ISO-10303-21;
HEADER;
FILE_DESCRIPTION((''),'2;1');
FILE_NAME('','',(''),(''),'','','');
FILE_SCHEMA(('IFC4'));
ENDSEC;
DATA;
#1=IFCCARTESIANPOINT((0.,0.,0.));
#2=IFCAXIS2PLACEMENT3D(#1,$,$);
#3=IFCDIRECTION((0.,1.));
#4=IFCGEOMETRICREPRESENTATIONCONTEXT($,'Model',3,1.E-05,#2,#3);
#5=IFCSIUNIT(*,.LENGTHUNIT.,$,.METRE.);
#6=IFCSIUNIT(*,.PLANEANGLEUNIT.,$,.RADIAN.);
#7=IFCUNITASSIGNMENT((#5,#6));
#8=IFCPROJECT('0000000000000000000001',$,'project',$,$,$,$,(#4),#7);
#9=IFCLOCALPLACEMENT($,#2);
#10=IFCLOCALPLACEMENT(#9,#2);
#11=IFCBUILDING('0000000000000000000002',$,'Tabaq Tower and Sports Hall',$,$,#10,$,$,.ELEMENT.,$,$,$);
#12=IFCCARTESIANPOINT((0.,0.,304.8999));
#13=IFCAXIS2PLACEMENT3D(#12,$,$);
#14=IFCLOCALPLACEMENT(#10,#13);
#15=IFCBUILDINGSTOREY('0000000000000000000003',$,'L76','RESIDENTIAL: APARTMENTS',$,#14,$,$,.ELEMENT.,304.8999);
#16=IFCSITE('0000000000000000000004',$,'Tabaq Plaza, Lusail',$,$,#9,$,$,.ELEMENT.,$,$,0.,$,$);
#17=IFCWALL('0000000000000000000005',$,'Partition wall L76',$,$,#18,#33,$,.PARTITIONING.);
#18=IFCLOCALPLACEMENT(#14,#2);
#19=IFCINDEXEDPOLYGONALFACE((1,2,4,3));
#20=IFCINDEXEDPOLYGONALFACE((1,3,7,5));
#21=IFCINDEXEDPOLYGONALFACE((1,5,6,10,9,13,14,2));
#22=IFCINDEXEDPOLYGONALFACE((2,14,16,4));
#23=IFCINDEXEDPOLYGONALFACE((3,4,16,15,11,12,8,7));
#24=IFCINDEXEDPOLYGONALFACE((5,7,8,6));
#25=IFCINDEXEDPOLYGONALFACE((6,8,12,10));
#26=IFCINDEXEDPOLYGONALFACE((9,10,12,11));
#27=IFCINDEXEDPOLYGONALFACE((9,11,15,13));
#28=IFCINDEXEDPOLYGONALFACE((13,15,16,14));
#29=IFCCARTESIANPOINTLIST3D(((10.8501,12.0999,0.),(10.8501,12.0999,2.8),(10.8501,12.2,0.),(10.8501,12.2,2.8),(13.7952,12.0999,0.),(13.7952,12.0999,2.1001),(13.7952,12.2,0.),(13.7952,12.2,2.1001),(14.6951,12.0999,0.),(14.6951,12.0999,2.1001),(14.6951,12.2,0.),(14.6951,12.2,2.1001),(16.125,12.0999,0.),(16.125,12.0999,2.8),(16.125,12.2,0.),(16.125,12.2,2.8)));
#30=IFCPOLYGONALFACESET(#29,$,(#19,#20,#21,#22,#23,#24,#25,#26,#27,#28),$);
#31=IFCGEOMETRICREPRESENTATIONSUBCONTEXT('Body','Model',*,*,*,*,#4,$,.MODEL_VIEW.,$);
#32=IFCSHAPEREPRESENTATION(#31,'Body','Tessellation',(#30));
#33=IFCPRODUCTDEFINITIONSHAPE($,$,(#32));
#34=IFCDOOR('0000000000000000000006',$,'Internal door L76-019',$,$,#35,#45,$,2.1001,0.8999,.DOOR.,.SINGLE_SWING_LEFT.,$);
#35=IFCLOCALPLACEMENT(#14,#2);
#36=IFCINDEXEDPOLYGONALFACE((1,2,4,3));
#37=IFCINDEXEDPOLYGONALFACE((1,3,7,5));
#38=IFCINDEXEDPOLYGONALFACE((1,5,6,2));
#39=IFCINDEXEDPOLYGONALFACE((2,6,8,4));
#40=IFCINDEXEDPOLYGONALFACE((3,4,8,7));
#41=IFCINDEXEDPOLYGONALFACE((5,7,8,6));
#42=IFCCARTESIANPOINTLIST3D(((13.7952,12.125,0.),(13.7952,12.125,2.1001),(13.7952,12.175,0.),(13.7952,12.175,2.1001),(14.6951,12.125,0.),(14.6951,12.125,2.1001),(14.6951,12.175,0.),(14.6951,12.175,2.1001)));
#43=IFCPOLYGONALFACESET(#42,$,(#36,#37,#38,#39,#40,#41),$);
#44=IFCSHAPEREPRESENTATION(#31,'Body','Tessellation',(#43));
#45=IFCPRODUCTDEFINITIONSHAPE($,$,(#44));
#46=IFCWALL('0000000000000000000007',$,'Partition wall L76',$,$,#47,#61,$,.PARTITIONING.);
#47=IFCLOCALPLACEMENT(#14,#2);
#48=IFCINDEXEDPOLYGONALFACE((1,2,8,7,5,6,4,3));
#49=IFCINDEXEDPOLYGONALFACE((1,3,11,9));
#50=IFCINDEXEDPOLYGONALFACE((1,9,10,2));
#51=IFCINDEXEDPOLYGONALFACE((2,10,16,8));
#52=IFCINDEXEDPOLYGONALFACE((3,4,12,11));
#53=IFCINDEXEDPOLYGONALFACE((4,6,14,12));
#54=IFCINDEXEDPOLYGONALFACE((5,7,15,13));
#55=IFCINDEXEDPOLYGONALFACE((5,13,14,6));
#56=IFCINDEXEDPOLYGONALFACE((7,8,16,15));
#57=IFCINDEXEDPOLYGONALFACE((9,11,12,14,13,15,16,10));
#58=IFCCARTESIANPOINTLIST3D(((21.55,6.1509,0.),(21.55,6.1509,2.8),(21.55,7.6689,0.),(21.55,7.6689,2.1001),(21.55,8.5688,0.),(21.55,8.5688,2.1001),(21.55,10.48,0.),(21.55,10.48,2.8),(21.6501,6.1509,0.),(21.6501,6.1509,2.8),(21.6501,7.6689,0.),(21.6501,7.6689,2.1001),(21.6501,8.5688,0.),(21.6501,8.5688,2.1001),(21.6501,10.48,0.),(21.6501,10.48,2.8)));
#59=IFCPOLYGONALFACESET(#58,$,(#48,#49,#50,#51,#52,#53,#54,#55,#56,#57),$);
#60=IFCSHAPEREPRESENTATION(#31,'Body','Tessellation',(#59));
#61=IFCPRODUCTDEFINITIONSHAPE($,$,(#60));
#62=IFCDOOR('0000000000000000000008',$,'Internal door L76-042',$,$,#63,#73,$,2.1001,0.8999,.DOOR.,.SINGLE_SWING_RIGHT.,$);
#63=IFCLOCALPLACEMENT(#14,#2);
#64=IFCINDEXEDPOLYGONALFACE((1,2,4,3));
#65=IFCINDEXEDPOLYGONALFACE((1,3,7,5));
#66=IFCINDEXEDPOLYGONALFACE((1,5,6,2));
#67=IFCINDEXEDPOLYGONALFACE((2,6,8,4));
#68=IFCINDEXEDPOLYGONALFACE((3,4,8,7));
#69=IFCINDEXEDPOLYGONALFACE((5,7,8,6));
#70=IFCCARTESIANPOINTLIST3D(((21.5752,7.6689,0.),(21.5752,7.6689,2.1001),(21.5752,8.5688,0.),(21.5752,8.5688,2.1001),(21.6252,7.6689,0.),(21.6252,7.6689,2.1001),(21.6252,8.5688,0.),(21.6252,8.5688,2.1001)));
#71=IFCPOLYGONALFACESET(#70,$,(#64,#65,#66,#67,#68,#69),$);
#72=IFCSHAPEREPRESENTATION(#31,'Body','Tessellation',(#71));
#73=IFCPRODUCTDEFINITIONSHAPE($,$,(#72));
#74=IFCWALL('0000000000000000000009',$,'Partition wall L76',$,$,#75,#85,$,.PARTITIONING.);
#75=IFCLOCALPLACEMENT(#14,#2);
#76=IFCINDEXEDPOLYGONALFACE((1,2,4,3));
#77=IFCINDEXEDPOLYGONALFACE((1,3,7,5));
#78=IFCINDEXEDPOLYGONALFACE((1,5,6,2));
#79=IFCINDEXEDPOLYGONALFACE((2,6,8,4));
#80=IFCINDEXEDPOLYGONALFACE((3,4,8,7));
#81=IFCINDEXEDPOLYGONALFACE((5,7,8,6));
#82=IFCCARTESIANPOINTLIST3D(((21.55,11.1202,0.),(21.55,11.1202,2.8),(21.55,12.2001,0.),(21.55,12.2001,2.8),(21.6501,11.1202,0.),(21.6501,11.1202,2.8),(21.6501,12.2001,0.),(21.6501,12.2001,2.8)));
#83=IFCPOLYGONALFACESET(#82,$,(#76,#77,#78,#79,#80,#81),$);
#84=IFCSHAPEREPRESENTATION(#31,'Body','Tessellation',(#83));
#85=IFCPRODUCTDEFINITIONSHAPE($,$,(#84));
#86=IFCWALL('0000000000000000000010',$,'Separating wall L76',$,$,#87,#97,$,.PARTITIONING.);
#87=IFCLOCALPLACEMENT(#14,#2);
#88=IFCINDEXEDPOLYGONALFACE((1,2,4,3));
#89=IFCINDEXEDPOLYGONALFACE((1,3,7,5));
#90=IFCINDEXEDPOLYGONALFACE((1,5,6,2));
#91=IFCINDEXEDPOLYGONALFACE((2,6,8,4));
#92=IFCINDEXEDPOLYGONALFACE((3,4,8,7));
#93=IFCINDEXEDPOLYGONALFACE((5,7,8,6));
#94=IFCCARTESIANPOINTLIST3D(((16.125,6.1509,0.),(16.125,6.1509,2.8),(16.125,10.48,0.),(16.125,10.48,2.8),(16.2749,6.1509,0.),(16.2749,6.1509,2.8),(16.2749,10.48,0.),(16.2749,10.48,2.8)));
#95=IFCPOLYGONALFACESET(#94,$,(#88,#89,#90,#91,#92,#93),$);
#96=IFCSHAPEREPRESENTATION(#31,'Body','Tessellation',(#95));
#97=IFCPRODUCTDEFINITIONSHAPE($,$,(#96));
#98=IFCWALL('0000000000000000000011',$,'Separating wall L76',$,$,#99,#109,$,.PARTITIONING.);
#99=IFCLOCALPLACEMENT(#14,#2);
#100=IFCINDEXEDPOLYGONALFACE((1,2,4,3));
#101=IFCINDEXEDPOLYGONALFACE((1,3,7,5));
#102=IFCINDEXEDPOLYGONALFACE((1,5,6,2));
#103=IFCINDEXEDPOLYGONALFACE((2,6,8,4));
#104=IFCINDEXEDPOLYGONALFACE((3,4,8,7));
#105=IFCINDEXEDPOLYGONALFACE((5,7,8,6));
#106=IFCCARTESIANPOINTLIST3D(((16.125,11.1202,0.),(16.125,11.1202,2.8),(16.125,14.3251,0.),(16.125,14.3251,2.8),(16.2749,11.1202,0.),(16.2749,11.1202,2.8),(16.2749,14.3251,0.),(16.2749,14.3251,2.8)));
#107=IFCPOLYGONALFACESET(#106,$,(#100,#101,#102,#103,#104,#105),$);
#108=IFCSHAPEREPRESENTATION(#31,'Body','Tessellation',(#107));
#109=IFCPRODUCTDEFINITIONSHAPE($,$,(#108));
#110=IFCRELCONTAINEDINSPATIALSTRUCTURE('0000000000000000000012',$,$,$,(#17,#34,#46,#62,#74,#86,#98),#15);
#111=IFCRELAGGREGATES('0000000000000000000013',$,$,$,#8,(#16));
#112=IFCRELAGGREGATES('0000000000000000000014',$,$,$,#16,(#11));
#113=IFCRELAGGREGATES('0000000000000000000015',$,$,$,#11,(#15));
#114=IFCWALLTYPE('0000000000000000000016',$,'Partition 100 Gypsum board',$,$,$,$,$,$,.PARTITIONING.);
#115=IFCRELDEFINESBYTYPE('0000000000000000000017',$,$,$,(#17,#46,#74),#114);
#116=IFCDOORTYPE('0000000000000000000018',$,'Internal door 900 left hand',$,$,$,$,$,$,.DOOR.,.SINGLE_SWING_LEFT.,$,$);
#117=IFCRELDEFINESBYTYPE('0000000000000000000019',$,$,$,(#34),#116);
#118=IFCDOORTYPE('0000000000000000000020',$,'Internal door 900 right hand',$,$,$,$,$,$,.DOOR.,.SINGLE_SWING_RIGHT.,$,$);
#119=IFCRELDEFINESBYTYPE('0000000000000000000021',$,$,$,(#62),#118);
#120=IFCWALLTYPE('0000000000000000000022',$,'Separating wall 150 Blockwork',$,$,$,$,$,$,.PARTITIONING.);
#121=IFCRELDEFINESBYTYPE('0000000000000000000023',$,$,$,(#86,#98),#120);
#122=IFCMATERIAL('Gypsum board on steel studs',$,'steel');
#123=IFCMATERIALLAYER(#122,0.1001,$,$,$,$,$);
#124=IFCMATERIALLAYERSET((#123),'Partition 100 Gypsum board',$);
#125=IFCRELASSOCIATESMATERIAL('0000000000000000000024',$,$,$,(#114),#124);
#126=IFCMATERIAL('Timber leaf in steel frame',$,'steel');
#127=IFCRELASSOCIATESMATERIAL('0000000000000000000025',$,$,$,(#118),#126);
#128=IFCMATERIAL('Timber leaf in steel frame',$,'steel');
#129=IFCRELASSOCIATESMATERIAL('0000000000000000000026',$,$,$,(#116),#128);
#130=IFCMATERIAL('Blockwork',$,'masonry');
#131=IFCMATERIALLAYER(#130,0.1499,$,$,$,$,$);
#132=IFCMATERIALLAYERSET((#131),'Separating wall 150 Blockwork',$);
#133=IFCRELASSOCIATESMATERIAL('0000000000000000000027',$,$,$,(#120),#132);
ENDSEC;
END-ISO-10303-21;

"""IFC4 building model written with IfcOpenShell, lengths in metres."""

from ifc_helpers import new_model, si_unit, direction, frame, frame_2d, origin, place, context, subcontext, project, spatial, rectangle, extrude, material, layer, layer_set, type_object, element, fill, save


model = new_model("IFC4")

# Units and contexts
model_context = context("Model", 3, precision=1e-05, world=origin(), true_north=direction((0.0, 1.0)))
body_context = subcontext(model_context, "Body", "Model", "MODEL_VIEW")
ifc_project = project(units=[si_unit("LENGTHUNIT", "METRE"), si_unit("PLANEANGLEUNIT", "RADIAN")], contexts=[model_context])

# Site, building, storey
site_placement = place(None, origin())
site = spatial("IfcSite", under=ifc_project, at=site_placement, Name="Tabaq Plaza, Lusail", CompositionType="ELEMENT", RefElevation=0.0)
building_placement = place(site_placement, origin())
building = spatial("IfcBuilding", under=site, at=building_placement, Name="Tabaq Tower and Sports Hall", CompositionType="ELEMENT")
storey_placement = place(building_placement, frame((0.0, 0.0, 304.8999)))
storey = spatial("IfcBuildingStorey", under=building, at=storey_placement, Name="L76", Description="RESIDENTIAL: APARTMENTS", CompositionType="ELEMENT", Elevation=304.8999)

# Shared definitions
ifc_material_1 = material(Name="Gypsum board on steel studs", Category="steel")
ifc_layer_1 = layer(ifc_material_1, 0.1001)
ifc_layer_set_1 = layer_set([ifc_layer_1], Name="Partition 100 Gypsum board")
wall_type_1 = type_object("IfcWallType", Name="Partition 100 Gypsum board", PredefinedType="PARTITIONING", material=ifc_layer_set_1)
ifc_material_2 = material(Name="Timber leaf in steel frame", Category="steel")
door_type_1 = type_object("IfcDoorType", Name="Internal door 900 right hand", OperationType="SINGLE_SWING_RIGHT", PredefinedType="DOOR", material=ifc_material_2)

# Walls, openings, doors
wall_1_placement = place(storey_placement, frame((16.125, 12.1499, 0.0), z_axis=(0.0, 0.0, 1.0), x_axis=(-1.0, 0.0, 0.0)))
wall_1 = element("IfcWall", 1, at=wall_1_placement, inside=storey, type_object=wall_type_1, Name="Partition wall L76", PredefinedType="PARTITIONING", context=body_context, shape_type="SweptSolid", body=[
    extrude(rectangle(XDim=5.2749, YDim=0.1001, at=frame_2d((2.6375, 0.0))), origin(), (0.0, 0.0, 1.0), 2.8),
])
opening_1_placement = place(wall_1_placement, frame((1.4299, 0.0, 0.0)))
opening_1 = element("IfcOpeningElement", 2, at=opening_1_placement, cuts=wall_1, PredefinedType="OPENING", context=body_context, shape_type="SweptSolid", body=[
    extrude(rectangle(XDim=0.8999, YDim=2.1001, at=frame_2d((0.45, 1.05))), frame((0.0, 0.05, 0.0), z_axis=(0.0, -1.0, 0.0), x_axis=(1.0, 0.0, 0.0)), (0.0, 0.0, 1.0), 0.1001),
])
ifc_material_3 = material(Name="Timber leaf in steel frame", Category="steel")
door_type_2 = type_object("IfcDoorType", Name="Internal door 900 left hand", OperationType="SINGLE_SWING_LEFT", PredefinedType="DOOR", material=ifc_material_3)
door_1_placement = place(opening_1_placement, origin())
door_1 = element("IfcDoor", 3, at=door_1_placement, inside=storey, type_object=door_type_2, Name="Internal door L76-019", OperationType="SINGLE_SWING_LEFT", OverallHeight=2.1001, OverallWidth=0.8999, PredefinedType="DOOR", context=body_context, shape_type="SweptSolid", body=[
    extrude(rectangle(XDim=0.8999, YDim=2.1001, at=frame_2d((0.45, 1.05))), frame((0.0, 0.0249, 0.0), z_axis=(0.0, -1.0, 0.0), x_axis=(1.0, 0.0, 0.0)), (0.0, 0.0, 1.0), 0.05),
])
fill(opening_1, door_1)
wall_2_placement = place(storey_placement, frame((21.6001, 6.1509, 0.0), z_axis=(0.0, 0.0, 1.0), x_axis=(0.0, 1.0, 0.0)))
wall_2 = element("IfcWall", 4, at=wall_2_placement, inside=storey, type_object=wall_type_1, Name="Partition wall L76", PredefinedType="PARTITIONING", context=body_context, shape_type="SweptSolid", body=[
    extrude(rectangle(XDim=4.3291, YDim=0.1001, at=frame_2d((2.1646, 0.0))), origin(), (0.0, 0.0, 1.0), 2.8),
])
opening_2_placement = place(wall_2_placement, frame((1.5181, 0.0, 0.0)))
opening_2 = element("IfcOpeningElement", 5, at=opening_2_placement, cuts=wall_2, PredefinedType="OPENING", context=body_context, shape_type="SweptSolid", body=[
    extrude(rectangle(XDim=0.8999, YDim=2.1001, at=frame_2d((0.45, 1.05))), frame((0.0, 0.05, 0.0), z_axis=(0.0, -1.0, 0.0), x_axis=(1.0, 0.0, 0.0)), (0.0, 0.0, 1.0), 0.1001),
])
door_2_placement = place(opening_2_placement, origin())
door_2 = element("IfcDoor", 6, at=door_2_placement, inside=storey, type_object=door_type_1, Name="Internal door L76-042", OperationType="SINGLE_SWING_RIGHT", OverallHeight=2.1001, OverallWidth=0.8999, PredefinedType="DOOR", context=body_context, shape_type="SweptSolid", body=[
    extrude(rectangle(XDim=0.8999, YDim=2.1001, at=frame_2d((0.45, 1.05))), frame((0.0, 0.0249, 0.0), z_axis=(0.0, -1.0, 0.0), x_axis=(1.0, 0.0, 0.0)), (0.0, 0.0, 1.0), 0.05),
])
fill(opening_2, door_2)

# Walls
wall_3_placement = place(storey_placement, frame((21.6001, 11.1201, 0.0), z_axis=(0.0, 0.0, 1.0), x_axis=(0.0, 1.0, 0.0)))
element("IfcWall", 7, at=wall_3_placement, inside=storey, type_object=wall_type_1, Name="Partition wall L76", PredefinedType="PARTITIONING", context=body_context, shape_type="SweptSolid", body=[
    extrude(rectangle(XDim=1.0798, YDim=0.1001, at=frame_2d((0.54, 0.0))), origin(), (0.0, 0.0, 1.0), 2.8),
])
ifc_material_4 = material(Name="Blockwork", Category="masonry")
ifc_layer_2 = layer(ifc_material_4, 0.1499)
ifc_layer_set_2 = layer_set([ifc_layer_2], Name="Separating wall 150 Blockwork")
wall_type_2 = type_object("IfcWallType", Name="Separating wall 150 Blockwork", PredefinedType="PARTITIONING", material=ifc_layer_set_2)
wall_4_placement = place(storey_placement, frame((16.2, 6.1509, 0.0), z_axis=(0.0, 0.0, 1.0), x_axis=(0.0, 1.0, 0.0)))
element("IfcWall", 8, at=wall_4_placement, inside=storey, type_object=wall_type_2, Name="Separating wall L76", PredefinedType="PARTITIONING", context=body_context, shape_type="SweptSolid", body=[
    extrude(rectangle(XDim=4.3291, YDim=0.1499, at=frame_2d((2.1646, 0.0))), origin(), (0.0, 0.0, 1.0), 2.8),
])
wall_5_placement = place(storey_placement, frame((16.2, 11.1201, 0.0), z_axis=(0.0, 0.0, 1.0), x_axis=(0.0, 1.0, 0.0)))
element("IfcWall", 9, at=wall_5_placement, inside=storey, type_object=wall_type_2, Name="Separating wall L76", PredefinedType="PARTITIONING", context=body_context, shape_type="SweptSolid", body=[
    extrude(rectangle(XDim=3.2048, YDim=0.1499, at=frame_2d((1.6025, 0.0))), origin(), (0.0, 0.0, 1.0), 2.8),
])

save(model, "model.ifc")
